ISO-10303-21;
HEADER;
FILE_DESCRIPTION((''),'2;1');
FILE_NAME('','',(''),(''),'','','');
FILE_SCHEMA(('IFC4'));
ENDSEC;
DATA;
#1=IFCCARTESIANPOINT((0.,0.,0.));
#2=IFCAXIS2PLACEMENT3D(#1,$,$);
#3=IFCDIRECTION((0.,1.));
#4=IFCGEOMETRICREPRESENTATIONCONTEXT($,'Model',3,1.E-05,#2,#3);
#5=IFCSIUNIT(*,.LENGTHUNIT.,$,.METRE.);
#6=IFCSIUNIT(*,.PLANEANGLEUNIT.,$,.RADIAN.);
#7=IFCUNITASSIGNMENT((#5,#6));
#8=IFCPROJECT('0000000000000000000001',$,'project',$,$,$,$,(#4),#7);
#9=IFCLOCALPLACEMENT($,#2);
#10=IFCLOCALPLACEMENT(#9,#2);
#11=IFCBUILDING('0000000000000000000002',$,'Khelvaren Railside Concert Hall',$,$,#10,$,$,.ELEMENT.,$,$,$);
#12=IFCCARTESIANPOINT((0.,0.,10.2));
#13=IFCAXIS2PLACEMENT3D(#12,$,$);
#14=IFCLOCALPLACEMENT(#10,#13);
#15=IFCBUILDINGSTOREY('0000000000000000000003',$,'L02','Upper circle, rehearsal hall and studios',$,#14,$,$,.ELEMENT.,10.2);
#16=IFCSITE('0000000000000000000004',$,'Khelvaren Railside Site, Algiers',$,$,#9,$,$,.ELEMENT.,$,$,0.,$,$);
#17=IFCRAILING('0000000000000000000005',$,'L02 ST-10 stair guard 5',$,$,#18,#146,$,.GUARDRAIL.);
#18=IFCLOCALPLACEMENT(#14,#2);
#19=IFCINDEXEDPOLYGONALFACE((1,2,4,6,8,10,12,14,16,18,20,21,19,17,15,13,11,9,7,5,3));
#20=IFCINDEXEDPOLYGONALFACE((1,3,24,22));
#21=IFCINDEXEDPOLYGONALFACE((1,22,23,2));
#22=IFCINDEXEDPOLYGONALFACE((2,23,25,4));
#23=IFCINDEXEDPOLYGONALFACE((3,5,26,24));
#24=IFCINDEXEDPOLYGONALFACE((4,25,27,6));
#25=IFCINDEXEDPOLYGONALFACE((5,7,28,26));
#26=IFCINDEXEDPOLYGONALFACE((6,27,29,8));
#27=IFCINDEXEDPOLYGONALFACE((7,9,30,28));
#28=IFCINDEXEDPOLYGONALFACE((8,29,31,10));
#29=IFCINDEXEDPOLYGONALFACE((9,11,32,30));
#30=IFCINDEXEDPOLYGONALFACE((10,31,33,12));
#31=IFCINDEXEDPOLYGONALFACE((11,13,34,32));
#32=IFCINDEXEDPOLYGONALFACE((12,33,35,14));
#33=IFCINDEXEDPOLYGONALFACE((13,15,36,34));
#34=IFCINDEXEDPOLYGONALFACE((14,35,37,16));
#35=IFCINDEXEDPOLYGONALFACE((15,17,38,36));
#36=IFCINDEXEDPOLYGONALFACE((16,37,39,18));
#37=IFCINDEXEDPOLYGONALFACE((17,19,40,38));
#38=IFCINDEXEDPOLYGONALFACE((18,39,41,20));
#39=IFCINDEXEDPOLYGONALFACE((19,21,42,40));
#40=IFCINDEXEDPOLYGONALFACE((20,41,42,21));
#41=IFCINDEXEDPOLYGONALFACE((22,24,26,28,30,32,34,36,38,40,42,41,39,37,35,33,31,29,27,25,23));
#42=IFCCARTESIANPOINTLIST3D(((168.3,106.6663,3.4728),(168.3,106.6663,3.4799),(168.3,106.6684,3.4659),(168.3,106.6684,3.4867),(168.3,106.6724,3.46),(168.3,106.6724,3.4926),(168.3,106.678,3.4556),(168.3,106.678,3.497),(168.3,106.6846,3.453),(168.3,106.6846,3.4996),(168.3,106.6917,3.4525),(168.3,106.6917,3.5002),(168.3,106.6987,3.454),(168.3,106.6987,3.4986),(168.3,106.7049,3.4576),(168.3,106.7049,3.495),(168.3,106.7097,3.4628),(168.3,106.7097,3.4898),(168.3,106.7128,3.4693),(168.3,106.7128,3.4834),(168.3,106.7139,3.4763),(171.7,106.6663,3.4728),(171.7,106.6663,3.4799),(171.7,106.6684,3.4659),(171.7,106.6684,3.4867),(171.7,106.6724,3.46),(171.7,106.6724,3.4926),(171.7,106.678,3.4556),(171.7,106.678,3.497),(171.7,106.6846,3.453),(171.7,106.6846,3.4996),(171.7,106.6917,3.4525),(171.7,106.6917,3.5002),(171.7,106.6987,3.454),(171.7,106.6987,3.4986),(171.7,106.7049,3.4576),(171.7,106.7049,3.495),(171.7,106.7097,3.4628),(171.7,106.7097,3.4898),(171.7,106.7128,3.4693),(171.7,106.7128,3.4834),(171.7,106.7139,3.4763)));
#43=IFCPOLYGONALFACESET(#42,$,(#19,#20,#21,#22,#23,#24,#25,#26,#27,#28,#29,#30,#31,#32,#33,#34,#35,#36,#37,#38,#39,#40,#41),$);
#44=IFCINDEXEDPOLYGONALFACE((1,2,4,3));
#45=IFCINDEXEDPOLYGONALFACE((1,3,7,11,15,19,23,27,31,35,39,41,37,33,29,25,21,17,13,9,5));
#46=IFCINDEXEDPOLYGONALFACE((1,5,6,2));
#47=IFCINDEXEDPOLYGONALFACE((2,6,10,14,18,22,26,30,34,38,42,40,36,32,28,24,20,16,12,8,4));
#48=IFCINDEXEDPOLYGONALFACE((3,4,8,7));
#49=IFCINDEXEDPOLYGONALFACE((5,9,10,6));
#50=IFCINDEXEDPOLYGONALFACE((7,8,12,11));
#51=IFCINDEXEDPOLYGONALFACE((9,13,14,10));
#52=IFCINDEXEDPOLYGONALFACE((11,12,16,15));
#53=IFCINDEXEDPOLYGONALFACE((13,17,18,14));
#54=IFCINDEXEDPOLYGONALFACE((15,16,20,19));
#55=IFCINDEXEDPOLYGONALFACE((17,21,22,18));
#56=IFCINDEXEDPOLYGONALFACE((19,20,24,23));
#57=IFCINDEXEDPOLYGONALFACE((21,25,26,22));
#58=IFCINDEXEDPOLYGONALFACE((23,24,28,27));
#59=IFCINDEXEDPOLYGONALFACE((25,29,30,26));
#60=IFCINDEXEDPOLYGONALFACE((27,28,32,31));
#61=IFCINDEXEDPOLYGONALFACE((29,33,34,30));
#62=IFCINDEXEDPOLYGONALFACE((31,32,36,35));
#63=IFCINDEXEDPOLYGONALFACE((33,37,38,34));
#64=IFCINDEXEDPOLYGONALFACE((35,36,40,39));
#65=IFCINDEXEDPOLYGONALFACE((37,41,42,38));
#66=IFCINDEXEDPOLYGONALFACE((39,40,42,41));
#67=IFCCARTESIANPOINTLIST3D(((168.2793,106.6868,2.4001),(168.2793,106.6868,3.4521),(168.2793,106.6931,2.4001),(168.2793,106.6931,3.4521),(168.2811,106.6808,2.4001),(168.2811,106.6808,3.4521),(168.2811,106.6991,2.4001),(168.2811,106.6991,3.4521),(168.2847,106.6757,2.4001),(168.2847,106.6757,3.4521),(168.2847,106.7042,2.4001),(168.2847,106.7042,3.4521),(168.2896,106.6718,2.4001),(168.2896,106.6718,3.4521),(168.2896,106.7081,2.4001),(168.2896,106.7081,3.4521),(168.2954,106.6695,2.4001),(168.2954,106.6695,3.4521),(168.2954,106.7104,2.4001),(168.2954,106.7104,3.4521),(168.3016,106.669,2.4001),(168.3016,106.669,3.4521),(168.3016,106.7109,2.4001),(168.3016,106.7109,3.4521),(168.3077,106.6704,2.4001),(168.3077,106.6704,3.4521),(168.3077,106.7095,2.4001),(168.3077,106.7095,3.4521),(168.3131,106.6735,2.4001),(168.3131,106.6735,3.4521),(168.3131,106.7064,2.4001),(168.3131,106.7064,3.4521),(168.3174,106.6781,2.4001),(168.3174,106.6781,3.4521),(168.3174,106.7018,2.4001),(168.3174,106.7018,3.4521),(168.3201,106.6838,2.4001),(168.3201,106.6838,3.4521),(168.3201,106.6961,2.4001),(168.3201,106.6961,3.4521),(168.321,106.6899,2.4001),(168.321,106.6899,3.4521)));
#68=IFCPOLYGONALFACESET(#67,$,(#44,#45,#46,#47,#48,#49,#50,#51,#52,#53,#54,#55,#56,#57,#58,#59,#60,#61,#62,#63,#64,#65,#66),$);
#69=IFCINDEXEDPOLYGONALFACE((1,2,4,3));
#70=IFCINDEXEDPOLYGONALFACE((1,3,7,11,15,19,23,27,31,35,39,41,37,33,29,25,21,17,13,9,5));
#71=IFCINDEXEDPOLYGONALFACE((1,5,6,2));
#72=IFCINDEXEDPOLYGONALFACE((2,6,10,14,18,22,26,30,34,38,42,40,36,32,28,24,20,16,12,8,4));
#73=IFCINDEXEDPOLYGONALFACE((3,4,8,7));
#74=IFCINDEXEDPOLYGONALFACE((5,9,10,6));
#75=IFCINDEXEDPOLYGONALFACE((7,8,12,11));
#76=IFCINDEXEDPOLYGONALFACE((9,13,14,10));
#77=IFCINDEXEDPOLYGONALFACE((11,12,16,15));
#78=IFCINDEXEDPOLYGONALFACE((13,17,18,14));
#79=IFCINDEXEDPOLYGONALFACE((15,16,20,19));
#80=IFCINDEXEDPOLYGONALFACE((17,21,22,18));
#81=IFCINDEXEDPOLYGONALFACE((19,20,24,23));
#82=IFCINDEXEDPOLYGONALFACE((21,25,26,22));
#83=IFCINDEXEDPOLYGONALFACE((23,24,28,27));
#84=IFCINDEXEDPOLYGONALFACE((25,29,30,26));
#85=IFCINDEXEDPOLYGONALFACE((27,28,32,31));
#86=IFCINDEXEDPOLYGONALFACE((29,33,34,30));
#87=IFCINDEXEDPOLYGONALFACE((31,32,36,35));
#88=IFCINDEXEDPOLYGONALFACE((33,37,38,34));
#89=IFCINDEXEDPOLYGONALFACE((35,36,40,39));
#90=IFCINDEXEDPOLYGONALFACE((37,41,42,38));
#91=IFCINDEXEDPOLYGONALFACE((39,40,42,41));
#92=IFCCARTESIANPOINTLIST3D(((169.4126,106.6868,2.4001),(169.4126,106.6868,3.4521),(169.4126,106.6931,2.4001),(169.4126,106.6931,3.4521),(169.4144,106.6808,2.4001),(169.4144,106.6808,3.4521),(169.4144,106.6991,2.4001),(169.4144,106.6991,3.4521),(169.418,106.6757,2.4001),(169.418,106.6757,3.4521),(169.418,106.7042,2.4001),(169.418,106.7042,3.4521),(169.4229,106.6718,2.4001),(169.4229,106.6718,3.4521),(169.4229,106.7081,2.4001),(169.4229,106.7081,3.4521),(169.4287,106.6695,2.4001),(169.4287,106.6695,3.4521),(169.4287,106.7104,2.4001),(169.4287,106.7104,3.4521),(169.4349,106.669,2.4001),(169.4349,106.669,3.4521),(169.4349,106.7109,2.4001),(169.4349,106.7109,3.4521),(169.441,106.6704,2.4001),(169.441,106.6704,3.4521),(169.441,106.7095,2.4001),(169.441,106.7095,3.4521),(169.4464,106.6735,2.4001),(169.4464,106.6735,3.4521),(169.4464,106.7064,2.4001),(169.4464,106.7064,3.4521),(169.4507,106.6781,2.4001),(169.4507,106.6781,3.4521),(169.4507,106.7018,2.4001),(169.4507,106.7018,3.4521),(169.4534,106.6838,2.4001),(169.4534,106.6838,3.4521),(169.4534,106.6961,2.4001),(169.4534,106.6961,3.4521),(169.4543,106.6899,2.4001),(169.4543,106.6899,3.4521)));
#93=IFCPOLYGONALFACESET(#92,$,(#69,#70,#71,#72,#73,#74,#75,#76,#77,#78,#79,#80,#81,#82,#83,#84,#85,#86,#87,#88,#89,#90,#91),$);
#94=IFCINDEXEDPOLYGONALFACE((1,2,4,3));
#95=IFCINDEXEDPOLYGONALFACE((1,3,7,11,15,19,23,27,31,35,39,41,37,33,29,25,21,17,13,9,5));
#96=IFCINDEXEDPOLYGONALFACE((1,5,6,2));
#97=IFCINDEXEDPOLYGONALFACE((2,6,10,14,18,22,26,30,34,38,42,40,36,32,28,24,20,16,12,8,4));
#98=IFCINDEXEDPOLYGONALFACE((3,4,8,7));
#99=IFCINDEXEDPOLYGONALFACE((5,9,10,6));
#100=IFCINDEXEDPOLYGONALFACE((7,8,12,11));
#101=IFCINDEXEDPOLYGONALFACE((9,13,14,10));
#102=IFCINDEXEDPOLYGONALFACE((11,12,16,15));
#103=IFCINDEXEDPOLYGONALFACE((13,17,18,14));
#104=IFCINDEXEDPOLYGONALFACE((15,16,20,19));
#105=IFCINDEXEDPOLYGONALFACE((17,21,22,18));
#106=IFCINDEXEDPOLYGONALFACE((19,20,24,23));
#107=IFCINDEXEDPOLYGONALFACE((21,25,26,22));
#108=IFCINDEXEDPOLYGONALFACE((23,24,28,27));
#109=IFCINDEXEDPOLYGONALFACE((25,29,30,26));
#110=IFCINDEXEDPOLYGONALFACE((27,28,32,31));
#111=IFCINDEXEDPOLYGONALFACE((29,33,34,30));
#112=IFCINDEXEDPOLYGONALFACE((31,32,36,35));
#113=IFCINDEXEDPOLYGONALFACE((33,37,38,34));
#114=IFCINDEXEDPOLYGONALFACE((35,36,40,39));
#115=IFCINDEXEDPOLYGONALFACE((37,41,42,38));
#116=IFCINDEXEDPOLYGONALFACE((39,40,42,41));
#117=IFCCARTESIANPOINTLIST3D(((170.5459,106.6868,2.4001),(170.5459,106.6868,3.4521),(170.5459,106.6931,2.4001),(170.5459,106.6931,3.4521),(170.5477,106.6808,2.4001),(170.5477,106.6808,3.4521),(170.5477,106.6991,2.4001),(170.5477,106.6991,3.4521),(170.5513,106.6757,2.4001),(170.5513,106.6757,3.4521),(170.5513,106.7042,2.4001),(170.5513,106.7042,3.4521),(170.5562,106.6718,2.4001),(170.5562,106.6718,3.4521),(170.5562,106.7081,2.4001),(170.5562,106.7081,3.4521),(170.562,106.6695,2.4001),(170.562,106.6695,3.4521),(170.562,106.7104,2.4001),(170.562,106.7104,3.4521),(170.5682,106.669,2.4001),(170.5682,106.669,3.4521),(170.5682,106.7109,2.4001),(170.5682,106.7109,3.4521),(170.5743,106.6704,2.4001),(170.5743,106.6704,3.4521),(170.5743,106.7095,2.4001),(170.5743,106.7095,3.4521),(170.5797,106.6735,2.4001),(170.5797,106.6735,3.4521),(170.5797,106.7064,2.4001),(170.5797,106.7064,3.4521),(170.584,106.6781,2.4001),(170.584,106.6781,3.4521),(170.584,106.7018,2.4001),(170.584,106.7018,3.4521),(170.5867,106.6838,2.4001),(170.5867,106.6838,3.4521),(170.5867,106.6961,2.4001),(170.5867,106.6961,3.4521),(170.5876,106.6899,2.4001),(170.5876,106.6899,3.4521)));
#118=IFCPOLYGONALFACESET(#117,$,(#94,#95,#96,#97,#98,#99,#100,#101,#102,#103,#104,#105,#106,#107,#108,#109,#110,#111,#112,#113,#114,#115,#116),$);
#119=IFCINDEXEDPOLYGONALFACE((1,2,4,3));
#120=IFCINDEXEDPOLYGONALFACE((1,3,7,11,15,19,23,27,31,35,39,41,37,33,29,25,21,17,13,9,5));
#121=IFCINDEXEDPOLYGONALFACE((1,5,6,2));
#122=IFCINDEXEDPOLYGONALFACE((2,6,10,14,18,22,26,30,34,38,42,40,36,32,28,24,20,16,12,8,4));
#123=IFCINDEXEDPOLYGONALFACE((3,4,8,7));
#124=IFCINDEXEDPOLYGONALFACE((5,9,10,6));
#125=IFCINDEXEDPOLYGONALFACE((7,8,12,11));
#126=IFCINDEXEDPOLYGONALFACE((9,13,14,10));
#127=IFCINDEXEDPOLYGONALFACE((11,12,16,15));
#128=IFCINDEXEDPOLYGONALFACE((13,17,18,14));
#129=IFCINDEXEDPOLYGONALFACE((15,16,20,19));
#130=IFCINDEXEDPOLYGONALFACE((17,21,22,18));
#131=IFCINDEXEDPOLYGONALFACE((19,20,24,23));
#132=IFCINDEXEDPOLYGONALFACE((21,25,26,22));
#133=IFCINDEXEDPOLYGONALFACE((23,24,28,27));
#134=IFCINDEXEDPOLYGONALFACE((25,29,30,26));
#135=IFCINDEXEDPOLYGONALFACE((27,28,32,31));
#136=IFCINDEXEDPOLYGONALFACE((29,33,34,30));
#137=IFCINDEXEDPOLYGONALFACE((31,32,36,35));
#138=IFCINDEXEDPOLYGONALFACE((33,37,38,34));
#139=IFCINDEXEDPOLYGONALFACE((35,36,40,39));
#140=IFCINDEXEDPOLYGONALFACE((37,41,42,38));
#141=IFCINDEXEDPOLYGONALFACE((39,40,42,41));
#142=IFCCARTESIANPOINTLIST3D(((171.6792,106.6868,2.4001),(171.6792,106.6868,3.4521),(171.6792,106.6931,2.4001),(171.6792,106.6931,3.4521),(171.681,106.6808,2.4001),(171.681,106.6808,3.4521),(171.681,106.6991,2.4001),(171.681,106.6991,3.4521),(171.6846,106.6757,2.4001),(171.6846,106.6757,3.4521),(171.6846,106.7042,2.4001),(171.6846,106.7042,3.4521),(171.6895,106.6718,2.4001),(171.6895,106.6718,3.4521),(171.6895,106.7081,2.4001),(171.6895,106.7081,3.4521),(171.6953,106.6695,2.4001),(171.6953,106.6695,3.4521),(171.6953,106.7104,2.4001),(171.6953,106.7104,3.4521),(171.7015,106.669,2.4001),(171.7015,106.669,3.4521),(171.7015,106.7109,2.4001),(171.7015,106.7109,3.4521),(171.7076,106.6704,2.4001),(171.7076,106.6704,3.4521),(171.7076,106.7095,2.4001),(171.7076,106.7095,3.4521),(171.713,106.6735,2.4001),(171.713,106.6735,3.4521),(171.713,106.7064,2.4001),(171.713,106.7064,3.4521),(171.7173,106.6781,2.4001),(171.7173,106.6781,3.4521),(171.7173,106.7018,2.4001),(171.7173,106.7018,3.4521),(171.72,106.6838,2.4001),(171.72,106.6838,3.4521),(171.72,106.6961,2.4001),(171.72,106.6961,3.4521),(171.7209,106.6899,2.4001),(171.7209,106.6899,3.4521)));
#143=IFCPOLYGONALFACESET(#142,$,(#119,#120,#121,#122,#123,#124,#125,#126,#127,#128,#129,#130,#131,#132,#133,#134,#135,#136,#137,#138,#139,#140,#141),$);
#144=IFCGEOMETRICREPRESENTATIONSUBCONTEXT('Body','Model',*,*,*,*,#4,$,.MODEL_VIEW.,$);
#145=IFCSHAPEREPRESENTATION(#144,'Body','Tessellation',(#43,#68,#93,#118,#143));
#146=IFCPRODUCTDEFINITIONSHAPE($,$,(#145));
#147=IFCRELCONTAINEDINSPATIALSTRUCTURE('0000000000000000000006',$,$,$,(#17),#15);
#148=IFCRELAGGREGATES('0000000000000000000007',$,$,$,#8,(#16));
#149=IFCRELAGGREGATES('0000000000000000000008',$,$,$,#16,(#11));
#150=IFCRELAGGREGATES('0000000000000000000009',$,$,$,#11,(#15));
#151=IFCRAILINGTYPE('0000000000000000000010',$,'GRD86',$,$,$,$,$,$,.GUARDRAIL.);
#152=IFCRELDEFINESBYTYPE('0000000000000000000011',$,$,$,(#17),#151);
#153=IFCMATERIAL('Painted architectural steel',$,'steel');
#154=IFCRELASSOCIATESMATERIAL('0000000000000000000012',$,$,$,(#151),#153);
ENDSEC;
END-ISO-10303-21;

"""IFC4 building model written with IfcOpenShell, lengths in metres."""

from ifc_helpers import new_model, si_unit, direction, frame, origin, origin_2d, place, context, subcontext, project, spatial, circle, extrude, material, type_object, element, save


model = new_model("IFC4")

# Units and contexts
model_context = context("Model", 3, precision=1e-05, world=origin(), true_north=direction((0.0, 1.0)))
body_context = subcontext(model_context, "Body", "Model", "MODEL_VIEW")
ifc_project = project(units=[si_unit("LENGTHUNIT", "METRE"), si_unit("PLANEANGLEUNIT", "RADIAN")], contexts=[model_context])

# Site, building, storey
site_placement = place(None, origin())
site = spatial("IfcSite", under=ifc_project, at=site_placement, Name="Khelvaren Railside Site, Algiers", CompositionType="ELEMENT", RefElevation=0.0)
building_placement = place(site_placement, origin())
building = spatial("IfcBuilding", under=site, at=building_placement, Name="Khelvaren Railside Concert Hall", CompositionType="ELEMENT")
storey_placement = place(building_placement, frame((0.0, 0.0, 10.2)))
storey = spatial("IfcBuildingStorey", under=building, at=storey_placement, Name="L02", Description="Upper circle, rehearsal hall and studios", CompositionType="ELEMENT", Elevation=10.2)

# Railing
ifc_material_1 = material(Name="Painted architectural steel", Category="steel")
railing_type_1 = type_object("IfcRailingType", Name="GRD86", PredefinedType="GUARDRAIL", material=ifc_material_1)
railing_1_placement = place(storey_placement, frame((168.3, 106.6899, 2.4001)))
element("IfcRailing", 1, at=railing_1_placement, inside=storey, type_object=railing_type_1, Name="L02 ST-10 stair guard 5", PredefinedType="GUARDRAIL", context=body_context, shape_type="SweptSolid", body=[
    extrude(circle(Radius=0.0239, at=origin_2d()), frame((0.0, 0.0, 1.0762), z_axis=(1.0, 0.0, 0.0), x_axis=(0.0, 1.0, 0.0)), (0.0, 0.0, 1.0), 3.3999),
    extrude(circle(Radius=0.021, at=origin_2d()), origin(), (0.0, 0.0, 1.0), 1.052),
    extrude(circle(Radius=0.021, at=origin_2d()), frame((1.1333, 0.0, 0.0)), (0.0, 0.0, 1.0), 1.052),
    extrude(circle(Radius=0.021, at=origin_2d()), frame((2.2666, 0.0, 0.0)), (0.0, 0.0, 1.0), 1.052),
    extrude(circle(Radius=0.021, at=origin_2d()), frame((3.3999, 0.0, 0.0)), (0.0, 0.0, 1.0), 1.052),
])

save(model, "model.ifc")
